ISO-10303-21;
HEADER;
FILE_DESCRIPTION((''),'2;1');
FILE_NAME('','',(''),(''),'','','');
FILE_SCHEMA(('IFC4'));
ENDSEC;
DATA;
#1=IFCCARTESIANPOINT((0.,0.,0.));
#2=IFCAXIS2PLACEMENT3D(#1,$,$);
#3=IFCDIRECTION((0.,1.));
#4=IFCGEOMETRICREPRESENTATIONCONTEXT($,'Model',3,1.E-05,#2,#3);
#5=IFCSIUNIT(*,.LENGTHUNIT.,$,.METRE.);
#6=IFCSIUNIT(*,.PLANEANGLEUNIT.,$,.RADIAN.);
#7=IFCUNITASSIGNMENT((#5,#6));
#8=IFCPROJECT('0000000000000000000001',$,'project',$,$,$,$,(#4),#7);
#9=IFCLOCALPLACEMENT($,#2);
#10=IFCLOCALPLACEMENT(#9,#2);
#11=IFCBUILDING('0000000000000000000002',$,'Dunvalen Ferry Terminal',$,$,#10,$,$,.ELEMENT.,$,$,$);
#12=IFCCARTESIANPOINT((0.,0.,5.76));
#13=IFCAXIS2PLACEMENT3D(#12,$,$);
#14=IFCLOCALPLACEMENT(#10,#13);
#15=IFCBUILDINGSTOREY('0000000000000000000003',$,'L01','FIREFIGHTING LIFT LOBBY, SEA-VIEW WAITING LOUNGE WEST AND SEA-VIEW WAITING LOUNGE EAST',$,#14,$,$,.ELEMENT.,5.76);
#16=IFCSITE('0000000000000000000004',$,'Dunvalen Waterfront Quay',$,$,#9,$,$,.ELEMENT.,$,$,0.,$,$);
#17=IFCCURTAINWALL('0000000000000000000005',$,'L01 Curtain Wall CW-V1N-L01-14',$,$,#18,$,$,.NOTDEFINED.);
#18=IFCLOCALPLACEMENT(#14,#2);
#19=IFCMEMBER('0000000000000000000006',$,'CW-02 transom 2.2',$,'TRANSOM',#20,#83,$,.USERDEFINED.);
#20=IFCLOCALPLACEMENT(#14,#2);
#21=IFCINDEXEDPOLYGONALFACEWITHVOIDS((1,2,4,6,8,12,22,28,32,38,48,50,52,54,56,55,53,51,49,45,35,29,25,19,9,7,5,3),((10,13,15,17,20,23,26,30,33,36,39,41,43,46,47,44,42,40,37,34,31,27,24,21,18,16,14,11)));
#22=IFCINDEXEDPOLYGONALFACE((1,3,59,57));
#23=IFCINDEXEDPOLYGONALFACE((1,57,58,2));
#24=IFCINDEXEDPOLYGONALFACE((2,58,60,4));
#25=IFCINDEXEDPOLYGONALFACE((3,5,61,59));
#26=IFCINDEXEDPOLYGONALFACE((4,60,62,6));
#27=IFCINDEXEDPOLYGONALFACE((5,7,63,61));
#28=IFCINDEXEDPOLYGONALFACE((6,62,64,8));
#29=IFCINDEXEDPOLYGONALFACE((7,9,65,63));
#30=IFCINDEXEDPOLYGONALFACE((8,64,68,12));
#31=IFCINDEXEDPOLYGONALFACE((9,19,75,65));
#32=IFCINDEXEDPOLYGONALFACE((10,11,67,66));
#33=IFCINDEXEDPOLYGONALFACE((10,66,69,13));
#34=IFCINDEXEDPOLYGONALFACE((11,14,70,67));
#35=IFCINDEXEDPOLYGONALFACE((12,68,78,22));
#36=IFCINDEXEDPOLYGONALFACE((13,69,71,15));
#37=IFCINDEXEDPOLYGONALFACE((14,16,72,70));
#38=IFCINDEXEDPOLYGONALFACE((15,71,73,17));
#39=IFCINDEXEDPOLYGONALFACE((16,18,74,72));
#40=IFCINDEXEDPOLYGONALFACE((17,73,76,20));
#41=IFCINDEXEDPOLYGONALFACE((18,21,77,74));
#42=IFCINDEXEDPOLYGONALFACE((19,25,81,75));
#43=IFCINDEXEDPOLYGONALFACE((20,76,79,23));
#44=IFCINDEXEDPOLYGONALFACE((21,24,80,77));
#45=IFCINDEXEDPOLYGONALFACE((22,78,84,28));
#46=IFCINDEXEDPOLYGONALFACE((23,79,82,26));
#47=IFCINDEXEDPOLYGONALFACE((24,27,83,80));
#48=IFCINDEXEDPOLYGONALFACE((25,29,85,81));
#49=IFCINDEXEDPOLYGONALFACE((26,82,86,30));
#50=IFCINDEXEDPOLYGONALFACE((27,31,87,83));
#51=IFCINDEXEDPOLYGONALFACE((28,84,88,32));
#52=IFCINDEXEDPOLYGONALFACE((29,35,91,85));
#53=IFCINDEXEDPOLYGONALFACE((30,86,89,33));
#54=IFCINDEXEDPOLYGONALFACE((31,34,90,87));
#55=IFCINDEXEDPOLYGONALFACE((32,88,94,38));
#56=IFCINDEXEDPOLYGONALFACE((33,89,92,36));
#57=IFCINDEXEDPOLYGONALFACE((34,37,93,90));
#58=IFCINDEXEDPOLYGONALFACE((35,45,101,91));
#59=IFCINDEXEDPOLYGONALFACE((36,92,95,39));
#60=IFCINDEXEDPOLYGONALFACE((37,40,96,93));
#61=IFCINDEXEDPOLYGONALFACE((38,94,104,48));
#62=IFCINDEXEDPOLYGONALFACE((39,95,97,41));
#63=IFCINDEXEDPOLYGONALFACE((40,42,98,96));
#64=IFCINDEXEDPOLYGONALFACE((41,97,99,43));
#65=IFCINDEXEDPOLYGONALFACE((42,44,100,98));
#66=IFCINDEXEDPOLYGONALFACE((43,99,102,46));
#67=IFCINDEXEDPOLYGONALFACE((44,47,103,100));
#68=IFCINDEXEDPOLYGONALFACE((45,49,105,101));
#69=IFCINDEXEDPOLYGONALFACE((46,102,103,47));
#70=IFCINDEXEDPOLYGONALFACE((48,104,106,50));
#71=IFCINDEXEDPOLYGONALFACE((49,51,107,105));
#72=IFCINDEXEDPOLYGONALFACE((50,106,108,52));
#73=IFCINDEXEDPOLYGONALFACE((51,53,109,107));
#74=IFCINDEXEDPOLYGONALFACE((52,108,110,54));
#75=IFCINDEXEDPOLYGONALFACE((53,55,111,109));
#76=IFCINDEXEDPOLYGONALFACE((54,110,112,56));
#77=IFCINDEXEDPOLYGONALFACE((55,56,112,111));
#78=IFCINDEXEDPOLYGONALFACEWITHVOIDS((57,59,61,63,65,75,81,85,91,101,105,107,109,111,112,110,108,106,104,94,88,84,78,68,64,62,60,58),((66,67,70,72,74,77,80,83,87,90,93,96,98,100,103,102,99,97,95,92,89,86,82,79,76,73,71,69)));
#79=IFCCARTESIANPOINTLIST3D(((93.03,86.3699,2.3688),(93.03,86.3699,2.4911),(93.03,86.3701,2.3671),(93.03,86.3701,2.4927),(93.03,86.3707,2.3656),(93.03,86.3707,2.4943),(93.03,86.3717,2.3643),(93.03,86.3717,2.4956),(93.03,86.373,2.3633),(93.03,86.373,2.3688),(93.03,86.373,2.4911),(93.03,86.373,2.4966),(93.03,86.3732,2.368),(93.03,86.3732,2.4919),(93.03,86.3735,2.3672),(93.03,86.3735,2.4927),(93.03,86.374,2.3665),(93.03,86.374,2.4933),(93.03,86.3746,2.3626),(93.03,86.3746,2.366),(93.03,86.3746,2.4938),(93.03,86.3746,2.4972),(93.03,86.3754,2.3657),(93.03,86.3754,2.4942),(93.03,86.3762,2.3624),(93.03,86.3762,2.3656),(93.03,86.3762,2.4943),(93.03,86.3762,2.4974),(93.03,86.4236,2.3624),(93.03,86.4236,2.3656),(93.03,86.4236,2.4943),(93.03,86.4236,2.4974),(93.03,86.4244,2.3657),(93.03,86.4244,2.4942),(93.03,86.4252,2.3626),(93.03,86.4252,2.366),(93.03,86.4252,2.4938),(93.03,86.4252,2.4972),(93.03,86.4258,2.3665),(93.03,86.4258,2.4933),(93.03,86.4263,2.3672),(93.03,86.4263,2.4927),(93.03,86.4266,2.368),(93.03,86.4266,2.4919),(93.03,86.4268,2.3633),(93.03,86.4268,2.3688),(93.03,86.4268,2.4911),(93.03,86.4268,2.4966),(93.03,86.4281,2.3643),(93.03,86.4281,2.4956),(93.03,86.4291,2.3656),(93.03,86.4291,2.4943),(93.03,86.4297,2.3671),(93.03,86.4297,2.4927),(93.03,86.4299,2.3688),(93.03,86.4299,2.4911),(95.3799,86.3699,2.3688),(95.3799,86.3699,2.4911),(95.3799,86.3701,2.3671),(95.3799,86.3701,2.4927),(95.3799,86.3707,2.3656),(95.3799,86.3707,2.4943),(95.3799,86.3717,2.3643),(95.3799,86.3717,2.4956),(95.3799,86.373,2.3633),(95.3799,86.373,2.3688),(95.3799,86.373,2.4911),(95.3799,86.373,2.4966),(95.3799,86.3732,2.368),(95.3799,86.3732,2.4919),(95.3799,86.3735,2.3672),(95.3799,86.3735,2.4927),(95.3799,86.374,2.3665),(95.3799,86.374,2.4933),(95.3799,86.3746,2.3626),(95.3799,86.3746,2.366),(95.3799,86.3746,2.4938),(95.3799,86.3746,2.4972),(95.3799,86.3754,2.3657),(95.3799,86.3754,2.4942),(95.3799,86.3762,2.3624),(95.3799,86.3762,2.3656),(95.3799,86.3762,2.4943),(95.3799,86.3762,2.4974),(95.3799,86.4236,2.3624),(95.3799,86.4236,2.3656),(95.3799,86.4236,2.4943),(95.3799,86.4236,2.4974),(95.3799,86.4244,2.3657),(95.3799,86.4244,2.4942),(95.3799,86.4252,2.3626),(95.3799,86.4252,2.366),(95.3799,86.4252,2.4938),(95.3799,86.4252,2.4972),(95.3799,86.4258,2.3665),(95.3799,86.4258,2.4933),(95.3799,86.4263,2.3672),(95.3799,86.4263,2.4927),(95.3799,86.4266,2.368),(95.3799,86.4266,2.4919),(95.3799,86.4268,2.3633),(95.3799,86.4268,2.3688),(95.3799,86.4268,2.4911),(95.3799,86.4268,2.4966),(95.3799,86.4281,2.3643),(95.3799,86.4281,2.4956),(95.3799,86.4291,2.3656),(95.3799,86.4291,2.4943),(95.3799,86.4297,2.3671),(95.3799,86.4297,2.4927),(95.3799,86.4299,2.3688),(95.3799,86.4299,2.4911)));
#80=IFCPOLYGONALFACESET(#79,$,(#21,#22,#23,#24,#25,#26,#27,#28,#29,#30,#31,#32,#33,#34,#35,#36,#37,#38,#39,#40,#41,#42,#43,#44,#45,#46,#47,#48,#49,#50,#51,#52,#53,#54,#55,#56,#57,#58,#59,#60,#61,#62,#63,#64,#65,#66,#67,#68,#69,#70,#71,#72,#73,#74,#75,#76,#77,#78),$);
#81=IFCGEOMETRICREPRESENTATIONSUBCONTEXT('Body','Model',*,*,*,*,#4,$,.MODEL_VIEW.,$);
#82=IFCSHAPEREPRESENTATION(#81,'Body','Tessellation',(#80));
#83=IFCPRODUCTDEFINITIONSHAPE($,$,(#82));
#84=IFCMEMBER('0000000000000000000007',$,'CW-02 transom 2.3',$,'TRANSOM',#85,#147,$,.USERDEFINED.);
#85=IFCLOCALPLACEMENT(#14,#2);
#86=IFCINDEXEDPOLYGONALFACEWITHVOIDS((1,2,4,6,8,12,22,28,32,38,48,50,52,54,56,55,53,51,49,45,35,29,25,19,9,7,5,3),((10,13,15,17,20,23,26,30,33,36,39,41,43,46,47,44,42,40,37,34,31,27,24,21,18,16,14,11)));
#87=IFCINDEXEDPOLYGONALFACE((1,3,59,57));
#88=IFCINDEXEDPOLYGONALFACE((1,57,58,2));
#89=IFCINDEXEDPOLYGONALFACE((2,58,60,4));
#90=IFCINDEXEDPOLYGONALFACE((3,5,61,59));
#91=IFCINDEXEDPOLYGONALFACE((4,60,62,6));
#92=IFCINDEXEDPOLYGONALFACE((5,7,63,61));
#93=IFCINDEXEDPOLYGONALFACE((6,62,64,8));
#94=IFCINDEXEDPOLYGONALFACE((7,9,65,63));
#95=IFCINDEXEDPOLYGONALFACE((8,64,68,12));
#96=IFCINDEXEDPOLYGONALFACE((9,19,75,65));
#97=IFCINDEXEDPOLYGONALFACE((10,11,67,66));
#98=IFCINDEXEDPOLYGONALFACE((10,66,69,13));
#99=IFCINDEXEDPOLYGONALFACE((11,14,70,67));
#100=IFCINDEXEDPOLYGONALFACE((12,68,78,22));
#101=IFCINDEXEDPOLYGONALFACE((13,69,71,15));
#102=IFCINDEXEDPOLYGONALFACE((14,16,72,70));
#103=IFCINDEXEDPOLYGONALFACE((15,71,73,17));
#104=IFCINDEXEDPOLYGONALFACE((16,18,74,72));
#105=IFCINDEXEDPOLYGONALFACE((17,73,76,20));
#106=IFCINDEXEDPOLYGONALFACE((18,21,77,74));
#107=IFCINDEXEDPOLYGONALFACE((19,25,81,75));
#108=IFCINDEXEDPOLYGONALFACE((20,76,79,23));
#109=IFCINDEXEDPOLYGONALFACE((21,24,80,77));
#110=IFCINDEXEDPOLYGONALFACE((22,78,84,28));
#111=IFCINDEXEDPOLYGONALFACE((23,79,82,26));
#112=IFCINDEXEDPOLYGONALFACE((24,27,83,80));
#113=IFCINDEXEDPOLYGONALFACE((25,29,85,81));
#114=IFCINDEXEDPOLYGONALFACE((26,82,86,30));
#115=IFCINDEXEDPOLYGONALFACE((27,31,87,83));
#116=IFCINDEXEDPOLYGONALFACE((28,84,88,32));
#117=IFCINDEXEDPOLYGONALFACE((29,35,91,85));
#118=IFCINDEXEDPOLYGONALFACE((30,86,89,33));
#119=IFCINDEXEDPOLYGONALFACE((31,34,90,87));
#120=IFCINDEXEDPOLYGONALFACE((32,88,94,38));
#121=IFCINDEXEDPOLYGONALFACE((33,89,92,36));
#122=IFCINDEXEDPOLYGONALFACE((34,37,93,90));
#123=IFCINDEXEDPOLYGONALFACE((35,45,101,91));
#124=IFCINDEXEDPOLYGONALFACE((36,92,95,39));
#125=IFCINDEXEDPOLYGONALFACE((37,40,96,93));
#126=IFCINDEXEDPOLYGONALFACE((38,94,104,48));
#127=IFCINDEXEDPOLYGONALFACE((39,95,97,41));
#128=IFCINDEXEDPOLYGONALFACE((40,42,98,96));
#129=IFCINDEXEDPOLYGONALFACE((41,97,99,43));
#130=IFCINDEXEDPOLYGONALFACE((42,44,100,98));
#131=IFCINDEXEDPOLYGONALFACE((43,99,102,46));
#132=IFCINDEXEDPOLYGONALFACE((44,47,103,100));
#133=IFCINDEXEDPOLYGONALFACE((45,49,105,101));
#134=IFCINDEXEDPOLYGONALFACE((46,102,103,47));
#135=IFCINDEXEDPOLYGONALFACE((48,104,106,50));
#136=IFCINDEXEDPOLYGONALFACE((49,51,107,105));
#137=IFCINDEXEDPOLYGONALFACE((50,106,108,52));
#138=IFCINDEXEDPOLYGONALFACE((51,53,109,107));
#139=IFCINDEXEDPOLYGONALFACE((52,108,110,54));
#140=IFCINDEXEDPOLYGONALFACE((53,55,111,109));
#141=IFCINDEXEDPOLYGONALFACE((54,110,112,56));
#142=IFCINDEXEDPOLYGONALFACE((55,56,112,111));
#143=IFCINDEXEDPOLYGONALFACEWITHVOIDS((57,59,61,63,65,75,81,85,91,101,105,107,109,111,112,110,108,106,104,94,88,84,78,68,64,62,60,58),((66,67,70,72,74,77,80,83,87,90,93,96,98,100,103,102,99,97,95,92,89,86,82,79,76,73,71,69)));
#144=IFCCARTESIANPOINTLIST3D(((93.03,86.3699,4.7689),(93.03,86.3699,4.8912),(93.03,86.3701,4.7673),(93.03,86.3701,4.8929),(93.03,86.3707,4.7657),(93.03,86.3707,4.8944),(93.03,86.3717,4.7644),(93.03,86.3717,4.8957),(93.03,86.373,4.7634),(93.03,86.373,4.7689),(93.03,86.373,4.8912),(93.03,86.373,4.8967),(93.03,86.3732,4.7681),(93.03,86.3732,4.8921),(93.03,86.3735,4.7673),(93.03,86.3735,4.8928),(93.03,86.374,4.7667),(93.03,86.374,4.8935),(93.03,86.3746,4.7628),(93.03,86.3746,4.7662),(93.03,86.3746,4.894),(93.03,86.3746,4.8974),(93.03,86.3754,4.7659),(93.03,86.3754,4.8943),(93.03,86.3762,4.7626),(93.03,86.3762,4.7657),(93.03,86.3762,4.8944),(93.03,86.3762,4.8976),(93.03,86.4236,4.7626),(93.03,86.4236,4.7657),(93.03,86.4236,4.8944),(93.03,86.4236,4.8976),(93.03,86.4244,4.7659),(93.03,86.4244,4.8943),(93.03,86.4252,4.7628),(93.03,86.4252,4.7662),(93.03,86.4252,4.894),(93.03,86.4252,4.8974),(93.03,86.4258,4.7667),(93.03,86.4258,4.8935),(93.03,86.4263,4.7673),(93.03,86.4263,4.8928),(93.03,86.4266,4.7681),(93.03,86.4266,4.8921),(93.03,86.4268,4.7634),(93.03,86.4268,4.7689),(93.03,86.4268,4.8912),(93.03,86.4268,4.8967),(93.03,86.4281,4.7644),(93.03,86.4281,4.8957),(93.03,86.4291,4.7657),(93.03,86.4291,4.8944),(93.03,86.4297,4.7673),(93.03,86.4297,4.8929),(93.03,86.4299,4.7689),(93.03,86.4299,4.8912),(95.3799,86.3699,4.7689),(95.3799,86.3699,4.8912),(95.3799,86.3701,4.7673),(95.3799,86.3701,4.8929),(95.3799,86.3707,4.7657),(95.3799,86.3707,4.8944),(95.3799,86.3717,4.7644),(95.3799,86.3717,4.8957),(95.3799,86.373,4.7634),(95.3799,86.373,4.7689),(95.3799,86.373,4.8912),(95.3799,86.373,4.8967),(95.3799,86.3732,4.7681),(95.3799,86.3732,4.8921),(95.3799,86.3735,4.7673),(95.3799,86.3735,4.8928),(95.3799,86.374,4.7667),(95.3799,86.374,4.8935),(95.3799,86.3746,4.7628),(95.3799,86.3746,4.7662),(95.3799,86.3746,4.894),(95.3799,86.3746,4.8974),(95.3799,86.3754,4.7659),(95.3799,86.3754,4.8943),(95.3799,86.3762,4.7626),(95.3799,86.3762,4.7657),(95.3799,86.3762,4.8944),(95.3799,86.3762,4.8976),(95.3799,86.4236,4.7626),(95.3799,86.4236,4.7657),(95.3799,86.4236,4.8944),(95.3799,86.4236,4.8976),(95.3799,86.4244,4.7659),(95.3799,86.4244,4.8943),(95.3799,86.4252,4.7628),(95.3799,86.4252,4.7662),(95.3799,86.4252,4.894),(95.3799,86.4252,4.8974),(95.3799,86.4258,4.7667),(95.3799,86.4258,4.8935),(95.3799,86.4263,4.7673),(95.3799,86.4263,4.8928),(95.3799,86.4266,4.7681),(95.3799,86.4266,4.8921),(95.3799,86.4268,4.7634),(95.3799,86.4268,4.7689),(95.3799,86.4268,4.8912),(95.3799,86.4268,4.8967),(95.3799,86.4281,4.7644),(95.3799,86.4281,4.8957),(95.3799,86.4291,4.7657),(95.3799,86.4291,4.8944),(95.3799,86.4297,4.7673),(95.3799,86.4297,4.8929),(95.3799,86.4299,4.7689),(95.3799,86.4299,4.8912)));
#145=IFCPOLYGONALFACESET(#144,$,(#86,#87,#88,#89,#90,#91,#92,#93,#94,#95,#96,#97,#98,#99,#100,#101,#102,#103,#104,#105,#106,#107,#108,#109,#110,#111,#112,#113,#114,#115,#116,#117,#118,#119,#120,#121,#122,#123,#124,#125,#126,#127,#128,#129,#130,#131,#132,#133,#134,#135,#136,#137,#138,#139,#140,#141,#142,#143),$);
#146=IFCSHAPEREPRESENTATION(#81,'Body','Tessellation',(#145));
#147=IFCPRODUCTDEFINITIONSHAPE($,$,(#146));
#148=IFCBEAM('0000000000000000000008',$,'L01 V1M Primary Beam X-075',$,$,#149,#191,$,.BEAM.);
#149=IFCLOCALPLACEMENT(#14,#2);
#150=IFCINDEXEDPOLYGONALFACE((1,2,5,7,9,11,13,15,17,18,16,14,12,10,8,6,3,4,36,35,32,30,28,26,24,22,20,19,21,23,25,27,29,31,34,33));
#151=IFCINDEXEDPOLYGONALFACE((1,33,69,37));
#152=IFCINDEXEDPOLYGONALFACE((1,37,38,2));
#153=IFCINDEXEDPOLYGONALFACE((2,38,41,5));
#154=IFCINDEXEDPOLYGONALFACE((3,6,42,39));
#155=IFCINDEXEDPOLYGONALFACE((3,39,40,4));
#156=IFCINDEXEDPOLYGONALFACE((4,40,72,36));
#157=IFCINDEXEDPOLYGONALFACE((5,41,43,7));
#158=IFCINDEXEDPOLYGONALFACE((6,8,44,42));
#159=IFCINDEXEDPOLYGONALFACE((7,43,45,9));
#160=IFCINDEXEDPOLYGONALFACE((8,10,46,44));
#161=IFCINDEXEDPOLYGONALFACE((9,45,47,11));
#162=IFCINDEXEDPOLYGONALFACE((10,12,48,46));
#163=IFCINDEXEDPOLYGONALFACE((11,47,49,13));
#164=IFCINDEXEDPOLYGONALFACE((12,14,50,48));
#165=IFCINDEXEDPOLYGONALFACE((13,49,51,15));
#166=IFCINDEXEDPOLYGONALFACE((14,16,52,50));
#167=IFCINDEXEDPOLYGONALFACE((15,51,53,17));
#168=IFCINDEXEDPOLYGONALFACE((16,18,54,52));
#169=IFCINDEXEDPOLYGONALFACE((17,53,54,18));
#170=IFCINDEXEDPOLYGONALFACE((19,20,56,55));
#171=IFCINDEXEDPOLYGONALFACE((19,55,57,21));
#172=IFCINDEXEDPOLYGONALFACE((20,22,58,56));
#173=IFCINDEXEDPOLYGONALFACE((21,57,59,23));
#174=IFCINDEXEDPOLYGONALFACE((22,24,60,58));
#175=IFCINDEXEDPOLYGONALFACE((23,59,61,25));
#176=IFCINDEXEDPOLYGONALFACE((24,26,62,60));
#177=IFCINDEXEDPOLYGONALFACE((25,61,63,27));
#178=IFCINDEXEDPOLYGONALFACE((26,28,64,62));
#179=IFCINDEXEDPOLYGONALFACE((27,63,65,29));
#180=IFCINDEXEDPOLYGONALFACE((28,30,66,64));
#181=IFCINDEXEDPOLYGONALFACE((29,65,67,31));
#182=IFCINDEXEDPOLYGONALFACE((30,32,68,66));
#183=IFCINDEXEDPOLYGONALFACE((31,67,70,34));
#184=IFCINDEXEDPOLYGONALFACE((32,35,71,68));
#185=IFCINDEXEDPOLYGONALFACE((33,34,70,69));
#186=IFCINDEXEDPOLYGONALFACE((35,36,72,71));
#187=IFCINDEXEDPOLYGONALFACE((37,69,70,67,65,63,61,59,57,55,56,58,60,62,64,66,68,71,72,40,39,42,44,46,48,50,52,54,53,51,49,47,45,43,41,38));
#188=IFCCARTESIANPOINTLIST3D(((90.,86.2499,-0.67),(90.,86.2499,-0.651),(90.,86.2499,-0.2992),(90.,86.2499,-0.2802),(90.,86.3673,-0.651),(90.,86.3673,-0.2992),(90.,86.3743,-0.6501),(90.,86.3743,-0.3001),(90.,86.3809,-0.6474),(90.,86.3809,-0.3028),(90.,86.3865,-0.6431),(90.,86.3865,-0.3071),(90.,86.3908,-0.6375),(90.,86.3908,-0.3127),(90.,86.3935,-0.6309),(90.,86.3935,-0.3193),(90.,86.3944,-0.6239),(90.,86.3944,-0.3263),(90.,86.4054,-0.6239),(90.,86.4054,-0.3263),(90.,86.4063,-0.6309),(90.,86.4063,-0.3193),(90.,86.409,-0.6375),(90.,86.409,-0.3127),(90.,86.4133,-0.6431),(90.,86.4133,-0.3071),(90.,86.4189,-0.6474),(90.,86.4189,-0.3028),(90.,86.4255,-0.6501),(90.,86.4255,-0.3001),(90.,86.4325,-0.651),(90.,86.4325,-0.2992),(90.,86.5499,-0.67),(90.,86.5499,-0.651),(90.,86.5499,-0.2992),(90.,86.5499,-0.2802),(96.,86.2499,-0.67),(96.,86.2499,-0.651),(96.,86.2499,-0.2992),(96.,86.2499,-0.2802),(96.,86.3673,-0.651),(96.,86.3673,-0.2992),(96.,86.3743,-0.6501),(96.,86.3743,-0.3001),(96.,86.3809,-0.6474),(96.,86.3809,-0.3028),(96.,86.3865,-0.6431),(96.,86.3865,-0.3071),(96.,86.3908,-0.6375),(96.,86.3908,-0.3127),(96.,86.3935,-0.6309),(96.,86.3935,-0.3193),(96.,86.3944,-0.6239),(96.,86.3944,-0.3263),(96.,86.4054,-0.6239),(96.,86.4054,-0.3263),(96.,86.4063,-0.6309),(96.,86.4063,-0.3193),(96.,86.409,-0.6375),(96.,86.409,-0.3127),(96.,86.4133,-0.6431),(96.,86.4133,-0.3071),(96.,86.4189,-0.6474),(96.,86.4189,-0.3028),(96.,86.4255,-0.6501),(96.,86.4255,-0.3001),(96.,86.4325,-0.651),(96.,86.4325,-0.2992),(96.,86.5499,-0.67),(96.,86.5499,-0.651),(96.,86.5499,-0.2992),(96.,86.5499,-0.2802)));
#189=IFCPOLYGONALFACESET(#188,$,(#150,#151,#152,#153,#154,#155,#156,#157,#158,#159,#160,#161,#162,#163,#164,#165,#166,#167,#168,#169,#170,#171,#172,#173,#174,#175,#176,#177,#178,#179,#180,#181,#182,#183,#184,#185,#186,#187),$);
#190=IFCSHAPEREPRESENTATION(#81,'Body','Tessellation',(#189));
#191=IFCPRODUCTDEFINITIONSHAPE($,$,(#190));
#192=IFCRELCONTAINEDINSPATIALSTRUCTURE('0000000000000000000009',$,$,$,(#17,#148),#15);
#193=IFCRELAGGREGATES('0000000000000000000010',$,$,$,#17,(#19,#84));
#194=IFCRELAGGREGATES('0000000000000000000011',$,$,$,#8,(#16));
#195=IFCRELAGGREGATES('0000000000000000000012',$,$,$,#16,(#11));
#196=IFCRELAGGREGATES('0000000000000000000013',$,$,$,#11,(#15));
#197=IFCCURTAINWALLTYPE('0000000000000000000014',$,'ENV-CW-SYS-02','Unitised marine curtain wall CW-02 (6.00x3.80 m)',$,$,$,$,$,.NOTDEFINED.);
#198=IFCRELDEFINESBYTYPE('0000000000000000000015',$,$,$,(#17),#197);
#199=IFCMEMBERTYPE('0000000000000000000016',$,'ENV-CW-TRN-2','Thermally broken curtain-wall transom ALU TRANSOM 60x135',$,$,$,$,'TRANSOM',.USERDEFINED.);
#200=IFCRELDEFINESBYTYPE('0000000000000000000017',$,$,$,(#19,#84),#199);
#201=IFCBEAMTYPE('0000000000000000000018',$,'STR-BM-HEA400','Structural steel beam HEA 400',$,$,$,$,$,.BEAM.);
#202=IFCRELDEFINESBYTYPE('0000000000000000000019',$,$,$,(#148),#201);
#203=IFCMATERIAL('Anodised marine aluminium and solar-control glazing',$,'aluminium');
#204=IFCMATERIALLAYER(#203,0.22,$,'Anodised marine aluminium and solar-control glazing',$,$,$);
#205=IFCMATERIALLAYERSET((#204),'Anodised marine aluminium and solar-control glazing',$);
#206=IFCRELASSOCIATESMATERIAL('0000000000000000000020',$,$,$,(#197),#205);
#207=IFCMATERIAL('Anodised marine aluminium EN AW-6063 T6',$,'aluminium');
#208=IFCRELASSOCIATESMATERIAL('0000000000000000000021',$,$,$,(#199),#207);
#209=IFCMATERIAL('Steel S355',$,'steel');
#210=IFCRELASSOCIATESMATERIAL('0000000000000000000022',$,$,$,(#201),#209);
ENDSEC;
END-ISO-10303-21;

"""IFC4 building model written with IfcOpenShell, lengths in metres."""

from ifc_helpers import new_model, si_unit, direction, frame, origin, origin_2d, place, context, subcontext, project, spatial, hollow_rectangle, i_section, extrude, material, layer, layer_set, material_profile, profile_set, type_object, element, aggregate, save


model = new_model("IFC4")

# Units and contexts
model_context = context("Model", 3, precision=1e-05, world=origin(), true_north=direction((0.0, 1.0)))
body_context = subcontext(model_context, "Body", "Model", "MODEL_VIEW")
ifc_project = project(units=[si_unit("LENGTHUNIT", "METRE"), si_unit("PLANEANGLEUNIT", "RADIAN")], contexts=[model_context])

# Site, building, storey
site_placement = place(None, origin())
site = spatial("IfcSite", under=ifc_project, at=site_placement, Name="Dunvalen Waterfront Quay", CompositionType="ELEMENT", RefElevation=0.0)
building_placement = place(site_placement, origin())
building = spatial("IfcBuilding", under=site, at=building_placement, Name="Dunvalen Ferry Terminal", CompositionType="ELEMENT")
storey_placement = place(building_placement, frame((0.0, 0.0, 5.76)))
storey = spatial("IfcBuildingStorey", under=building, at=storey_placement, Name="L01", Description="FIREFIGHTING LIFT LOBBY, SEA-VIEW WAITING LOUNGE WEST AND SEA-VIEW WAITING LOUNGE EAST", CompositionType="ELEMENT", Elevation=5.76)

# Shared definitions
ifc_material_1 = material(Name="Steel S355", Category="steel")

# Curtain wall
ifc_material_2 = material(Name="Anodised marine aluminium and solar-control glazing", Category="aluminium")
ifc_layer_1 = layer(ifc_material_2, 0.22, Name="Anodised marine aluminium and solar-control glazing")
ifc_layer_set_1 = layer_set([ifc_layer_1], Name="Anodised marine aluminium and solar-control glazing")
curtain_wall_type_1 = type_object("IfcCurtainWallType", Name="ENV-CW-SYS-02", Description="Unitised marine curtain wall CW-02 (6.00x3.80 m)", PredefinedType="NOTDEFINED", material=ifc_layer_set_1)
ifc_material_3 = material(Name="Anodised marine aluminium EN AW-6063 T6", Category="aluminium")
curtain_wall_1_placement = place(storey_placement, origin())
curtain_wall_1 = element("IfcCurtainWall", 1, at=curtain_wall_1_placement, inside=storey, type_object=curtain_wall_type_1, Name="L01 Curtain Wall CW-V1N-L01-14", PredefinedType="NOTDEFINED")

# Members
ifc_material_profile_1 = material_profile(ifc_material_3, hollow_rectangle(XDim=0.0601, YDim=0.135, WallThickness=0.0032, InnerFilletRadius=0.0032, OuterFilletRadius=0.0063, at=origin_2d()), Name="Anodised marine aluminium EN AW-6063 T6")
ifc_profile_set_1 = profile_set([ifc_material_profile_1], Name="Anodised marine aluminium EN AW-6063 T6")
member_type_1 = type_object("IfcMemberType", Name="ENV-CW-TRN-2", Description="Thermally broken curtain-wall transom ALU TRANSOM 60x135", ElementType="TRANSOM", PredefinedType="USERDEFINED", material=ifc_profile_set_1)
member_1_placement = place(storey_placement, frame((93.03, 86.3999, 2.4299), z_axis=(1.0, 0.0, 0.0), x_axis=(0.0, 1.0, 0.0)))
member_1 = element("IfcMember", 2, at=member_1_placement, type_object=member_type_1, Name="CW-02 transom 2.2", ObjectType="TRANSOM", PredefinedType="USERDEFINED", context=body_context, shape_type="SweptSolid", body=[
    extrude(hollow_rectangle(XDim=0.0601, YDim=0.135, WallThickness=0.0032, InnerFilletRadius=0.0032, OuterFilletRadius=0.0063, at=origin_2d()), origin(), (0.0, 0.0, 1.0), 2.3499),
])
member_2_placement = place(storey_placement, frame((93.03, 86.3999, 4.8301), z_axis=(1.0, 0.0, 0.0), x_axis=(0.0, 1.0, 0.0)))
member_2 = element("IfcMember", 3, at=member_2_placement, type_object=member_type_1, Name="CW-02 transom 2.3", ObjectType="TRANSOM", PredefinedType="USERDEFINED", context=body_context, shape_type="SweptSolid", body=[
    extrude(hollow_rectangle(XDim=0.0601, YDim=0.135, WallThickness=0.0032, InnerFilletRadius=0.0032, OuterFilletRadius=0.0063, at=origin_2d()), origin(), (0.0, 0.0, 1.0), 2.3499),
])

# Beam
ifc_material_profile_2 = material_profile(ifc_material_1, i_section(OverallWidth=0.3, OverallDepth=0.3899, WebThickness=0.011, FlangeThickness=0.019, FilletRadius=0.0271, at=origin_2d()), Name="Steel S355")
ifc_profile_set_2 = profile_set([ifc_material_profile_2], Name="Steel S355")
beam_type_1 = type_object("IfcBeamType", Name="STR-BM-HEA400", Description="Structural steel beam HEA 400", PredefinedType="BEAM", material=ifc_profile_set_2)
beam_1_placement = place(storey_placement, frame((90.0, 86.3999, -0.4751), z_axis=(1.0, 0.0, 0.0), x_axis=(0.0, 1.0, 0.0)))
element("IfcBeam", 4, at=beam_1_placement, inside=storey, type_object=beam_type_1, Name="L01 V1M Primary Beam X-075", PredefinedType="BEAM", context=body_context, shape_type="SweptSolid", body=[
    extrude(i_section(OverallWidth=0.3, OverallDepth=0.3899, WebThickness=0.011, FlangeThickness=0.019, FilletRadius=0.0271, at=origin_2d()), origin(), (0.0, 0.0, 1.0), 6.0),
])

aggregate(curtain_wall_1, [member_1, member_2])

save(model, "model.ifc")
